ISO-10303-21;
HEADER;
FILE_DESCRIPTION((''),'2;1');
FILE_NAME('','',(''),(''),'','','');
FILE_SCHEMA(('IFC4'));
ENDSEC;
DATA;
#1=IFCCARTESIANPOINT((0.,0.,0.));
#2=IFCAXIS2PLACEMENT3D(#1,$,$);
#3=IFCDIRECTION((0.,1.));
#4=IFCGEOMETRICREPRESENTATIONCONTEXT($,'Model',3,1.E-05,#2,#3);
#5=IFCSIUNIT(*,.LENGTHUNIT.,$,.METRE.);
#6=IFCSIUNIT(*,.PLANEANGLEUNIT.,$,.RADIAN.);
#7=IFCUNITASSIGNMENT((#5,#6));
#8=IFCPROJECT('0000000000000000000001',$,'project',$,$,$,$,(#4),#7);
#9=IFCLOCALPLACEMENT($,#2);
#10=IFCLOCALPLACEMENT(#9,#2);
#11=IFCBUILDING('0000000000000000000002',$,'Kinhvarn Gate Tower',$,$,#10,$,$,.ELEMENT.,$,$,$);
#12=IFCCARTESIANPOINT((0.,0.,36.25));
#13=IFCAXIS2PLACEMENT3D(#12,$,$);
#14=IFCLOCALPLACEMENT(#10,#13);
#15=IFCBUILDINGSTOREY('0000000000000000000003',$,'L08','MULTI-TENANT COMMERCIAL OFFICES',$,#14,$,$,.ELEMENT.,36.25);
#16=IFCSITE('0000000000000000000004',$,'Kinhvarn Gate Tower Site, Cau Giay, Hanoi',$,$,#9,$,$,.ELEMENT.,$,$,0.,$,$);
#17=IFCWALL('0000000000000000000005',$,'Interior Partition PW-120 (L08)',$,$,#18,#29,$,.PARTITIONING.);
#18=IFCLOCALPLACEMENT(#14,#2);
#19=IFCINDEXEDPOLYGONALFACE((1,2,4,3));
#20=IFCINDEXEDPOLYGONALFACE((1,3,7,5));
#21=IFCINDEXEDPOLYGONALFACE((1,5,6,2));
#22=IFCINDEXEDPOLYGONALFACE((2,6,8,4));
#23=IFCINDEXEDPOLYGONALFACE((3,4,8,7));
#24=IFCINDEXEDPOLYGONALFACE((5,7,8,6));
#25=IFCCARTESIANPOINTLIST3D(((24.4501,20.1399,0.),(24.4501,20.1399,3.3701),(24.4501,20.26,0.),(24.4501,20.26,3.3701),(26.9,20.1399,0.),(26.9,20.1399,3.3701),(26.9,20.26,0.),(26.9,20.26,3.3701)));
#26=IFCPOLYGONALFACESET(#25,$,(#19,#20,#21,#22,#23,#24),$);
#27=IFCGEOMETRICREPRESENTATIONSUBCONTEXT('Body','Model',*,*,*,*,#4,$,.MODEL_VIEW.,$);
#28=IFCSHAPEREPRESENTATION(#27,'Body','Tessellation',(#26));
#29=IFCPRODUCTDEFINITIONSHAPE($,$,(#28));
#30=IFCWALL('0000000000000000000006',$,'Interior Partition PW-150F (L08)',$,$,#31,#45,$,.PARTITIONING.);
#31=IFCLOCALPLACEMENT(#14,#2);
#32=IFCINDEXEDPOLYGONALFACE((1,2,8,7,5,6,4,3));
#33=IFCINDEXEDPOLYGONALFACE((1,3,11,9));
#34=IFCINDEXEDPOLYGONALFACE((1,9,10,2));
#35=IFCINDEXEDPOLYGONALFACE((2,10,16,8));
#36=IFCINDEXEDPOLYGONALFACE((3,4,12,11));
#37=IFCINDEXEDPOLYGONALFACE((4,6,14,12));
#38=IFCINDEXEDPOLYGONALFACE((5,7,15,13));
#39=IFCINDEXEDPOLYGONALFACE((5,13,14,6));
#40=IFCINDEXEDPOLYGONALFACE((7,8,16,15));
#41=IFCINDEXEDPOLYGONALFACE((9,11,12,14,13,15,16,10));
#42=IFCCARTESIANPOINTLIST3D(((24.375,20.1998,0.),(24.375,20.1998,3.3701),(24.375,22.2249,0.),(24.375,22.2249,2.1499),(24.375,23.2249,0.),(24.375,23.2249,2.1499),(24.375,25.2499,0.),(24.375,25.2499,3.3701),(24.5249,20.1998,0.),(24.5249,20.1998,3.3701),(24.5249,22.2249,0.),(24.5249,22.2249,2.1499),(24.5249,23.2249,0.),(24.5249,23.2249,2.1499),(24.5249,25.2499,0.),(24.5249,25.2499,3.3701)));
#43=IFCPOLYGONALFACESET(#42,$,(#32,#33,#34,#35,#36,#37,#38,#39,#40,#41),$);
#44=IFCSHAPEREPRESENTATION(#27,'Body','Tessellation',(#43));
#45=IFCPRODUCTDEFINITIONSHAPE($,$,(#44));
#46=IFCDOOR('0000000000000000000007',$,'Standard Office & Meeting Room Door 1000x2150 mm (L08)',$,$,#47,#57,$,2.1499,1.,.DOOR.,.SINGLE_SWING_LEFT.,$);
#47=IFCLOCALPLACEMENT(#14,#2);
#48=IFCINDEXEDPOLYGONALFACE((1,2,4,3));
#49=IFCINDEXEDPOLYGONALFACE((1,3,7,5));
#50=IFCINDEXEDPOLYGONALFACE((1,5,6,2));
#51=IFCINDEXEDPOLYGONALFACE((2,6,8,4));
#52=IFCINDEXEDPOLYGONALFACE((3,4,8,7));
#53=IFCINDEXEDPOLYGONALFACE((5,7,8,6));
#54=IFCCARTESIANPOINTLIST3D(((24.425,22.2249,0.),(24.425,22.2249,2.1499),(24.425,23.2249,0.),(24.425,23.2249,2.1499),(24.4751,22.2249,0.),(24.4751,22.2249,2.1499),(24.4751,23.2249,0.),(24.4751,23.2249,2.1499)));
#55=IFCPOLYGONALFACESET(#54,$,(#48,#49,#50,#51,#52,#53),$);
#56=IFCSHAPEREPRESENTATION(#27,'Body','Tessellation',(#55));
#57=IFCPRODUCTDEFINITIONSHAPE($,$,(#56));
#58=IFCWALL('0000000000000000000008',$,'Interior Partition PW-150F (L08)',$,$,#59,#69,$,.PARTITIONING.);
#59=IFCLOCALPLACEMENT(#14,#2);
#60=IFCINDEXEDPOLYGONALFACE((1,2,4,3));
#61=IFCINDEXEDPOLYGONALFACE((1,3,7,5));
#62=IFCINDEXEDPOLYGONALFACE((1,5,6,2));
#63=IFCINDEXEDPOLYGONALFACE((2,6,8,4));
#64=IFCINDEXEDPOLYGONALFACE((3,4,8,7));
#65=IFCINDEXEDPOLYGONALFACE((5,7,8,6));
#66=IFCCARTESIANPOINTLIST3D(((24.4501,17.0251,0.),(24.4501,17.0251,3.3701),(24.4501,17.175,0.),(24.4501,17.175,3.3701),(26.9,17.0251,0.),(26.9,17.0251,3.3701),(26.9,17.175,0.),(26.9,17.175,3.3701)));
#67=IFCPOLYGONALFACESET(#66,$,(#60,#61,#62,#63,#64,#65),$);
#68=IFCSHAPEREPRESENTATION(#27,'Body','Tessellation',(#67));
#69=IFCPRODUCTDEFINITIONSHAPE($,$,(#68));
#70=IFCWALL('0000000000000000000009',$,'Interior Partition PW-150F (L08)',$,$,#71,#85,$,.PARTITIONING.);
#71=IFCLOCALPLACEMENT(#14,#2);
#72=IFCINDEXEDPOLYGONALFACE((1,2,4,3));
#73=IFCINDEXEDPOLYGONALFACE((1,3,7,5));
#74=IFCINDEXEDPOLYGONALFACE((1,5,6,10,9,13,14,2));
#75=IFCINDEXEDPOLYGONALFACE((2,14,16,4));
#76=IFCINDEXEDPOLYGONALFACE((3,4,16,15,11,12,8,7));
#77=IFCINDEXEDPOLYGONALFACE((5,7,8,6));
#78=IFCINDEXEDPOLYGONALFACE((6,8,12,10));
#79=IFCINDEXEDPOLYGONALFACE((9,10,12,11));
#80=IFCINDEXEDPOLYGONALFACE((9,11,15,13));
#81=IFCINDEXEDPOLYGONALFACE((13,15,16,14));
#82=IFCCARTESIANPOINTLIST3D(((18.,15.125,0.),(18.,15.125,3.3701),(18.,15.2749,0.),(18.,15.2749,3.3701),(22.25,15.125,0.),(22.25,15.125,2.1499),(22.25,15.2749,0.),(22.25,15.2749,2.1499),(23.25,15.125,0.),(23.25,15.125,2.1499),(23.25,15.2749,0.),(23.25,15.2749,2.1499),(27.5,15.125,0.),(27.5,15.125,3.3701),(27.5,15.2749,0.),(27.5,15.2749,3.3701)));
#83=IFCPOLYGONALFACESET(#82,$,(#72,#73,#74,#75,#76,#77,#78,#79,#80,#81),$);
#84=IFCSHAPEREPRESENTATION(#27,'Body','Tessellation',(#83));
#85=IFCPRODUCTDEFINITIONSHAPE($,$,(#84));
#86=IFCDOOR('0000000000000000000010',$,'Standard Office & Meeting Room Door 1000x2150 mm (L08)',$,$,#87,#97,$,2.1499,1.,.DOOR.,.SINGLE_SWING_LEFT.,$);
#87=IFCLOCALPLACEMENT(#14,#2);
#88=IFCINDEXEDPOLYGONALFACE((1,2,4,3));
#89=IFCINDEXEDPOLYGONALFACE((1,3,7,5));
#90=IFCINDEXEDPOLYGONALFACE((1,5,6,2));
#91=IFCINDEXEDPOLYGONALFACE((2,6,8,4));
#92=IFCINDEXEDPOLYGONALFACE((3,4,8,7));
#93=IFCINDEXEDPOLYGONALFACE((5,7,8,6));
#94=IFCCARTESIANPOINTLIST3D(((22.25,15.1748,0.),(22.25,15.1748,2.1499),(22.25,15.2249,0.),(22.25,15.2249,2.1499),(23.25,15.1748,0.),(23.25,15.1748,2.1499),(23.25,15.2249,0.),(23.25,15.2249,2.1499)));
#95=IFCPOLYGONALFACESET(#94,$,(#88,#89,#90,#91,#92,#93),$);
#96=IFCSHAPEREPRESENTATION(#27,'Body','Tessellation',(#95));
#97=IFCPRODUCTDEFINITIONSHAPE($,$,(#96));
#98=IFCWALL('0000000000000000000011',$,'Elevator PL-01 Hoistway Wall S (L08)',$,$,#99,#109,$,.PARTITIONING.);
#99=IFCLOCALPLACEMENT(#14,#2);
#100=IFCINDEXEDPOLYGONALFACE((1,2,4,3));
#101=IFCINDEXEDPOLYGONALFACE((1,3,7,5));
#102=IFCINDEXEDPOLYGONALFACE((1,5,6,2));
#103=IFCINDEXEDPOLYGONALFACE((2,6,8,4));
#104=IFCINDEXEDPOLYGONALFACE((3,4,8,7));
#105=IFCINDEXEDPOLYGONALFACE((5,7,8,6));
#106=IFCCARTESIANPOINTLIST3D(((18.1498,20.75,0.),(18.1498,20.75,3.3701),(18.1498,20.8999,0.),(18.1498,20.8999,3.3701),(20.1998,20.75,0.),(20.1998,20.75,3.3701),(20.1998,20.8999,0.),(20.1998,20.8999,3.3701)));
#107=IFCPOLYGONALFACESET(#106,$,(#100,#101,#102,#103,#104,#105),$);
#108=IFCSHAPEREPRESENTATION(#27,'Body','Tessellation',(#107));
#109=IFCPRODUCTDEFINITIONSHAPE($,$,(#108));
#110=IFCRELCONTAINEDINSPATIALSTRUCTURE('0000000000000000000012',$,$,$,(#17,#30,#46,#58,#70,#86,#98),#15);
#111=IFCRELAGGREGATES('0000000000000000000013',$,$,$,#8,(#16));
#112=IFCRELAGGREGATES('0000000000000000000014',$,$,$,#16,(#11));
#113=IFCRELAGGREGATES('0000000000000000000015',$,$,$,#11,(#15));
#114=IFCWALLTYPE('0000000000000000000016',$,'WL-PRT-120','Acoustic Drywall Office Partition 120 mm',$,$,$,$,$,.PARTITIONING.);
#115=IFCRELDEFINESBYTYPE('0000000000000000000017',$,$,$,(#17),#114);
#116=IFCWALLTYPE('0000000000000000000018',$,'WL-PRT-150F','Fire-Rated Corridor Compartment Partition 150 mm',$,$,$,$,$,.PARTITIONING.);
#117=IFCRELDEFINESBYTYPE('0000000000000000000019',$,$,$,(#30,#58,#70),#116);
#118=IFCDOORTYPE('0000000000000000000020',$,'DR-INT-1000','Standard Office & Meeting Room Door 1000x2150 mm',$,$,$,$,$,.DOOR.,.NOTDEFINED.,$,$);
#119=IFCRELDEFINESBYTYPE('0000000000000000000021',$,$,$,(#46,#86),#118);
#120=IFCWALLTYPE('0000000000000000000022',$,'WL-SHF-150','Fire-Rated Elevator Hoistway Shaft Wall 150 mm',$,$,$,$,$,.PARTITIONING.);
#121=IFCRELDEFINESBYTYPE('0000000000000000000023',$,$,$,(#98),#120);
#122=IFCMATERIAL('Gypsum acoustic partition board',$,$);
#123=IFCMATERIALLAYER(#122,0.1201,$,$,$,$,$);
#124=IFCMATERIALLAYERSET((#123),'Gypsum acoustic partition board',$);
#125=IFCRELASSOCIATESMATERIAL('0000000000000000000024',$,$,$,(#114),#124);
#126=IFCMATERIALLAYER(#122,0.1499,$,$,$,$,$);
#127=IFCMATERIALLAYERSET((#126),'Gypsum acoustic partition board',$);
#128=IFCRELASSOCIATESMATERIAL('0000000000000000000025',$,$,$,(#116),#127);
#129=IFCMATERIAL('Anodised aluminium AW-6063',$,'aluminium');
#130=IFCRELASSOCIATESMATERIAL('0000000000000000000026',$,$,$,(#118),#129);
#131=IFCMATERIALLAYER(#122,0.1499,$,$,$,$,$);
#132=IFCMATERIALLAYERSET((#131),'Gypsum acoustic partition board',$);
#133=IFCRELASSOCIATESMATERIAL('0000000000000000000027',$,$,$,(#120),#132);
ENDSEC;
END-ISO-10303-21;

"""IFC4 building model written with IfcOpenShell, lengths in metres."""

from ifc_helpers import new_model, si_unit, direction, frame, frame_2d, origin, place, context, subcontext, project, spatial, rectangle, extrude, material, layer, layer_set, type_object, element, fill, save


model = new_model("IFC4")

# Units and contexts
model_context = context("Model", 3, precision=1e-05, world=origin(), true_north=direction((0.0, 1.0)))
body_context = subcontext(model_context, "Body", "Model", "MODEL_VIEW")
ifc_project = project(units=[si_unit("LENGTHUNIT", "METRE"), si_unit("PLANEANGLEUNIT", "RADIAN")], contexts=[model_context])

# Site, building, storey
site_placement = place(None, origin())
site = spatial("IfcSite", under=ifc_project, at=site_placement, Name="Kinhvarn Gate Tower Site, Cau Giay, Hanoi", CompositionType="ELEMENT", RefElevation=0.0)
building_placement = place(site_placement, origin())
building = spatial("IfcBuilding", under=site, at=building_placement, Name="Kinhvarn Gate Tower", CompositionType="ELEMENT")
storey_placement = place(building_placement, frame((0.0, 0.0, 36.25)))
storey = spatial("IfcBuildingStorey", under=building, at=storey_placement, Name="L08", Description="MULTI-TENANT COMMERCIAL OFFICES", CompositionType="ELEMENT", Elevation=36.25)

# Wall
ifc_material_1 = material(Name="Gypsum acoustic partition board")
ifc_layer_1 = layer(ifc_material_1, 0.1201)
ifc_layer_set_1 = layer_set([ifc_layer_1], Name="Gypsum acoustic partition board")
wall_type_1 = type_object("IfcWallType", Name="WL-PRT-120", Description="Acoustic Drywall Office Partition 120 mm", PredefinedType="PARTITIONING", material=ifc_layer_set_1)
wall_1_placement = place(storey_placement, frame((24.45, 20.2, 0.0), z_axis=(0.0, 0.0, 1.0), x_axis=(1.0, 0.0, 0.0)))
element("IfcWall", 1, at=wall_1_placement, inside=storey, type_object=wall_type_1, Name="Interior Partition PW-120 (L08)", PredefinedType="PARTITIONING", context=body_context, shape_type="SweptSolid", body=[
    extrude(rectangle(XDim=2.45, YDim=0.1201, at=frame_2d((1.2251, 0.0))), origin(), (0.0, 0.0, 1.0), 3.3701),
])

# Wall, opening, door
ifc_layer_2 = layer(ifc_material_1, 0.1499)
ifc_layer_set_2 = layer_set([ifc_layer_2], Name="Gypsum acoustic partition board")
wall_type_2 = type_object("IfcWallType", Name="WL-PRT-150F", Description="Fire-Rated Corridor Compartment Partition 150 mm", PredefinedType="PARTITIONING", material=ifc_layer_set_2)
ifc_material_2 = material(Name="Anodised aluminium AW-6063", Category="aluminium")
door_type = type_object("IfcDoorType", Name="DR-INT-1000", Description="Standard Office & Meeting Room Door 1000x2150 mm", OperationType="NOTDEFINED", PredefinedType="DOOR", material=ifc_material_2)
wall_2_placement = place(storey_placement, frame((24.45, 20.2, 0.0), z_axis=(0.0, 0.0, 1.0), x_axis=(0.0, 1.0, 0.0)))
wall_2 = element("IfcWall", 2, at=wall_2_placement, inside=storey, type_object=wall_type_2, Name="Interior Partition PW-150F (L08)", PredefinedType="PARTITIONING", context=body_context, shape_type="SweptSolid", body=[
    extrude(rectangle(XDim=5.05, YDim=0.1499, at=frame_2d((2.5249, 0.0))), origin(), (0.0, 0.0, 1.0), 3.3701),
])
opening_1_placement = place(wall_2_placement, frame((2.0249, 0.0, 0.0)))
opening_1 = element("IfcOpeningElement", 3, at=opening_1_placement, cuts=wall_2, PredefinedType="OPENING", context=body_context, shape_type="SweptSolid", body=[
    extrude(rectangle(XDim=1.0, YDim=2.1499, at=frame_2d((0.5, 1.075))), frame((0.0, 0.085, 0.0), z_axis=(0.0, -1.0, 0.0), x_axis=(1.0, 0.0, 0.0)), (0.0, 0.0, 1.0), 0.1699),
])
door_1_placement = place(opening_1_placement, origin())
door_1 = element("IfcDoor", 4, at=door_1_placement, inside=storey, type_object=door_type, Name="Standard Office & Meeting Room Door 1000x2150 mm (L08)", OperationType="SINGLE_SWING_LEFT", OverallHeight=2.1499, OverallWidth=1.0, PredefinedType="DOOR", context=body_context, shape_type="SweptSolid", body=[
    extrude(rectangle(XDim=1.0, YDim=2.1499, at=frame_2d((0.5, 1.075))), frame((0.0, 0.0249, 0.0), z_axis=(0.0, -1.0, 0.0), x_axis=(1.0, 0.0, 0.0)), (0.0, 0.0, 1.0), 0.05),
])
fill(opening_1, door_1)

# Wall
wall_3_placement = place(storey_placement, frame((24.45, 17.1001, 0.0), z_axis=(0.0, 0.0, 1.0), x_axis=(1.0, 0.0, 0.0)))
element("IfcWall", 5, at=wall_3_placement, inside=storey, type_object=wall_type_2, Name="Interior Partition PW-150F (L08)", PredefinedType="PARTITIONING", context=body_context, shape_type="SweptSolid", body=[
    extrude(rectangle(XDim=2.45, YDim=0.1499, at=frame_2d((1.2251, 0.0))), origin(), (0.0, 0.0, 1.0), 3.3701),
])

# Wall, opening, door
wall_4_placement = place(storey_placement, frame((18.0, 15.2, 0.0), z_axis=(0.0, 0.0, 1.0), x_axis=(1.0, 0.0, 0.0)))
wall_4 = element("IfcWall", 6, at=wall_4_placement, inside=storey, type_object=wall_type_2, Name="Interior Partition PW-150F (L08)", PredefinedType="PARTITIONING", context=body_context, shape_type="SweptSolid", body=[
    extrude(rectangle(XDim=9.5, YDim=0.1499, at=frame_2d((4.75, 0.0))), origin(), (0.0, 0.0, 1.0), 3.3701),
])
opening_2_placement = place(wall_4_placement, frame((4.25, 0.0, 0.0)))
opening_2 = element("IfcOpeningElement", 7, at=opening_2_placement, cuts=wall_4, PredefinedType="OPENING", context=body_context, shape_type="SweptSolid", body=[
    extrude(rectangle(XDim=1.0, YDim=2.1499, at=frame_2d((0.5, 1.075))), frame((0.0, 0.085, 0.0), z_axis=(0.0, -1.0, 0.0), x_axis=(1.0, 0.0, 0.0)), (0.0, 0.0, 1.0), 0.1699),
])
door_2_placement = place(opening_2_placement, origin())
door_2 = element("IfcDoor", 8, at=door_2_placement, inside=storey, type_object=door_type, Name="Standard Office & Meeting Room Door 1000x2150 mm (L08)", OperationType="SINGLE_SWING_LEFT", OverallHeight=2.1499, OverallWidth=1.0, PredefinedType="DOOR", context=body_context, shape_type="SweptSolid", body=[
    extrude(rectangle(XDim=1.0, YDim=2.1499, at=frame_2d((0.5, 1.075))), frame((0.0, 0.0249, 0.0), z_axis=(0.0, -1.0, 0.0), x_axis=(1.0, 0.0, 0.0)), (0.0, 0.0, 1.0), 0.05),
])
fill(opening_2, door_2)

# Wall
ifc_layer_3 = layer(ifc_material_1, 0.1499)
ifc_layer_set_3 = layer_set([ifc_layer_3], Name="Gypsum acoustic partition board")
wall_type_3 = type_object("IfcWallType", Name="WL-SHF-150", Description="Fire-Rated Elevator Hoistway Shaft Wall 150 mm", PredefinedType="PARTITIONING", material=ifc_layer_set_3)
wall_5_placement = place(storey_placement, frame((18.1499, 20.825, 0.0), z_axis=(0.0, 0.0, 1.0), x_axis=(1.0, 0.0, 0.0)))
element("IfcWall", 9, at=wall_5_placement, inside=storey, type_object=wall_type_3, Name="Elevator PL-01 Hoistway Wall S (L08)", PredefinedType="PARTITIONING", context=body_context, shape_type="SweptSolid", body=[
    extrude(rectangle(XDim=2.05, YDim=0.1499, at=frame_2d((1.0249, 0.0))), origin(), (0.0, 0.0, 1.0), 3.3701),
])

save(model, "model.ifc")
